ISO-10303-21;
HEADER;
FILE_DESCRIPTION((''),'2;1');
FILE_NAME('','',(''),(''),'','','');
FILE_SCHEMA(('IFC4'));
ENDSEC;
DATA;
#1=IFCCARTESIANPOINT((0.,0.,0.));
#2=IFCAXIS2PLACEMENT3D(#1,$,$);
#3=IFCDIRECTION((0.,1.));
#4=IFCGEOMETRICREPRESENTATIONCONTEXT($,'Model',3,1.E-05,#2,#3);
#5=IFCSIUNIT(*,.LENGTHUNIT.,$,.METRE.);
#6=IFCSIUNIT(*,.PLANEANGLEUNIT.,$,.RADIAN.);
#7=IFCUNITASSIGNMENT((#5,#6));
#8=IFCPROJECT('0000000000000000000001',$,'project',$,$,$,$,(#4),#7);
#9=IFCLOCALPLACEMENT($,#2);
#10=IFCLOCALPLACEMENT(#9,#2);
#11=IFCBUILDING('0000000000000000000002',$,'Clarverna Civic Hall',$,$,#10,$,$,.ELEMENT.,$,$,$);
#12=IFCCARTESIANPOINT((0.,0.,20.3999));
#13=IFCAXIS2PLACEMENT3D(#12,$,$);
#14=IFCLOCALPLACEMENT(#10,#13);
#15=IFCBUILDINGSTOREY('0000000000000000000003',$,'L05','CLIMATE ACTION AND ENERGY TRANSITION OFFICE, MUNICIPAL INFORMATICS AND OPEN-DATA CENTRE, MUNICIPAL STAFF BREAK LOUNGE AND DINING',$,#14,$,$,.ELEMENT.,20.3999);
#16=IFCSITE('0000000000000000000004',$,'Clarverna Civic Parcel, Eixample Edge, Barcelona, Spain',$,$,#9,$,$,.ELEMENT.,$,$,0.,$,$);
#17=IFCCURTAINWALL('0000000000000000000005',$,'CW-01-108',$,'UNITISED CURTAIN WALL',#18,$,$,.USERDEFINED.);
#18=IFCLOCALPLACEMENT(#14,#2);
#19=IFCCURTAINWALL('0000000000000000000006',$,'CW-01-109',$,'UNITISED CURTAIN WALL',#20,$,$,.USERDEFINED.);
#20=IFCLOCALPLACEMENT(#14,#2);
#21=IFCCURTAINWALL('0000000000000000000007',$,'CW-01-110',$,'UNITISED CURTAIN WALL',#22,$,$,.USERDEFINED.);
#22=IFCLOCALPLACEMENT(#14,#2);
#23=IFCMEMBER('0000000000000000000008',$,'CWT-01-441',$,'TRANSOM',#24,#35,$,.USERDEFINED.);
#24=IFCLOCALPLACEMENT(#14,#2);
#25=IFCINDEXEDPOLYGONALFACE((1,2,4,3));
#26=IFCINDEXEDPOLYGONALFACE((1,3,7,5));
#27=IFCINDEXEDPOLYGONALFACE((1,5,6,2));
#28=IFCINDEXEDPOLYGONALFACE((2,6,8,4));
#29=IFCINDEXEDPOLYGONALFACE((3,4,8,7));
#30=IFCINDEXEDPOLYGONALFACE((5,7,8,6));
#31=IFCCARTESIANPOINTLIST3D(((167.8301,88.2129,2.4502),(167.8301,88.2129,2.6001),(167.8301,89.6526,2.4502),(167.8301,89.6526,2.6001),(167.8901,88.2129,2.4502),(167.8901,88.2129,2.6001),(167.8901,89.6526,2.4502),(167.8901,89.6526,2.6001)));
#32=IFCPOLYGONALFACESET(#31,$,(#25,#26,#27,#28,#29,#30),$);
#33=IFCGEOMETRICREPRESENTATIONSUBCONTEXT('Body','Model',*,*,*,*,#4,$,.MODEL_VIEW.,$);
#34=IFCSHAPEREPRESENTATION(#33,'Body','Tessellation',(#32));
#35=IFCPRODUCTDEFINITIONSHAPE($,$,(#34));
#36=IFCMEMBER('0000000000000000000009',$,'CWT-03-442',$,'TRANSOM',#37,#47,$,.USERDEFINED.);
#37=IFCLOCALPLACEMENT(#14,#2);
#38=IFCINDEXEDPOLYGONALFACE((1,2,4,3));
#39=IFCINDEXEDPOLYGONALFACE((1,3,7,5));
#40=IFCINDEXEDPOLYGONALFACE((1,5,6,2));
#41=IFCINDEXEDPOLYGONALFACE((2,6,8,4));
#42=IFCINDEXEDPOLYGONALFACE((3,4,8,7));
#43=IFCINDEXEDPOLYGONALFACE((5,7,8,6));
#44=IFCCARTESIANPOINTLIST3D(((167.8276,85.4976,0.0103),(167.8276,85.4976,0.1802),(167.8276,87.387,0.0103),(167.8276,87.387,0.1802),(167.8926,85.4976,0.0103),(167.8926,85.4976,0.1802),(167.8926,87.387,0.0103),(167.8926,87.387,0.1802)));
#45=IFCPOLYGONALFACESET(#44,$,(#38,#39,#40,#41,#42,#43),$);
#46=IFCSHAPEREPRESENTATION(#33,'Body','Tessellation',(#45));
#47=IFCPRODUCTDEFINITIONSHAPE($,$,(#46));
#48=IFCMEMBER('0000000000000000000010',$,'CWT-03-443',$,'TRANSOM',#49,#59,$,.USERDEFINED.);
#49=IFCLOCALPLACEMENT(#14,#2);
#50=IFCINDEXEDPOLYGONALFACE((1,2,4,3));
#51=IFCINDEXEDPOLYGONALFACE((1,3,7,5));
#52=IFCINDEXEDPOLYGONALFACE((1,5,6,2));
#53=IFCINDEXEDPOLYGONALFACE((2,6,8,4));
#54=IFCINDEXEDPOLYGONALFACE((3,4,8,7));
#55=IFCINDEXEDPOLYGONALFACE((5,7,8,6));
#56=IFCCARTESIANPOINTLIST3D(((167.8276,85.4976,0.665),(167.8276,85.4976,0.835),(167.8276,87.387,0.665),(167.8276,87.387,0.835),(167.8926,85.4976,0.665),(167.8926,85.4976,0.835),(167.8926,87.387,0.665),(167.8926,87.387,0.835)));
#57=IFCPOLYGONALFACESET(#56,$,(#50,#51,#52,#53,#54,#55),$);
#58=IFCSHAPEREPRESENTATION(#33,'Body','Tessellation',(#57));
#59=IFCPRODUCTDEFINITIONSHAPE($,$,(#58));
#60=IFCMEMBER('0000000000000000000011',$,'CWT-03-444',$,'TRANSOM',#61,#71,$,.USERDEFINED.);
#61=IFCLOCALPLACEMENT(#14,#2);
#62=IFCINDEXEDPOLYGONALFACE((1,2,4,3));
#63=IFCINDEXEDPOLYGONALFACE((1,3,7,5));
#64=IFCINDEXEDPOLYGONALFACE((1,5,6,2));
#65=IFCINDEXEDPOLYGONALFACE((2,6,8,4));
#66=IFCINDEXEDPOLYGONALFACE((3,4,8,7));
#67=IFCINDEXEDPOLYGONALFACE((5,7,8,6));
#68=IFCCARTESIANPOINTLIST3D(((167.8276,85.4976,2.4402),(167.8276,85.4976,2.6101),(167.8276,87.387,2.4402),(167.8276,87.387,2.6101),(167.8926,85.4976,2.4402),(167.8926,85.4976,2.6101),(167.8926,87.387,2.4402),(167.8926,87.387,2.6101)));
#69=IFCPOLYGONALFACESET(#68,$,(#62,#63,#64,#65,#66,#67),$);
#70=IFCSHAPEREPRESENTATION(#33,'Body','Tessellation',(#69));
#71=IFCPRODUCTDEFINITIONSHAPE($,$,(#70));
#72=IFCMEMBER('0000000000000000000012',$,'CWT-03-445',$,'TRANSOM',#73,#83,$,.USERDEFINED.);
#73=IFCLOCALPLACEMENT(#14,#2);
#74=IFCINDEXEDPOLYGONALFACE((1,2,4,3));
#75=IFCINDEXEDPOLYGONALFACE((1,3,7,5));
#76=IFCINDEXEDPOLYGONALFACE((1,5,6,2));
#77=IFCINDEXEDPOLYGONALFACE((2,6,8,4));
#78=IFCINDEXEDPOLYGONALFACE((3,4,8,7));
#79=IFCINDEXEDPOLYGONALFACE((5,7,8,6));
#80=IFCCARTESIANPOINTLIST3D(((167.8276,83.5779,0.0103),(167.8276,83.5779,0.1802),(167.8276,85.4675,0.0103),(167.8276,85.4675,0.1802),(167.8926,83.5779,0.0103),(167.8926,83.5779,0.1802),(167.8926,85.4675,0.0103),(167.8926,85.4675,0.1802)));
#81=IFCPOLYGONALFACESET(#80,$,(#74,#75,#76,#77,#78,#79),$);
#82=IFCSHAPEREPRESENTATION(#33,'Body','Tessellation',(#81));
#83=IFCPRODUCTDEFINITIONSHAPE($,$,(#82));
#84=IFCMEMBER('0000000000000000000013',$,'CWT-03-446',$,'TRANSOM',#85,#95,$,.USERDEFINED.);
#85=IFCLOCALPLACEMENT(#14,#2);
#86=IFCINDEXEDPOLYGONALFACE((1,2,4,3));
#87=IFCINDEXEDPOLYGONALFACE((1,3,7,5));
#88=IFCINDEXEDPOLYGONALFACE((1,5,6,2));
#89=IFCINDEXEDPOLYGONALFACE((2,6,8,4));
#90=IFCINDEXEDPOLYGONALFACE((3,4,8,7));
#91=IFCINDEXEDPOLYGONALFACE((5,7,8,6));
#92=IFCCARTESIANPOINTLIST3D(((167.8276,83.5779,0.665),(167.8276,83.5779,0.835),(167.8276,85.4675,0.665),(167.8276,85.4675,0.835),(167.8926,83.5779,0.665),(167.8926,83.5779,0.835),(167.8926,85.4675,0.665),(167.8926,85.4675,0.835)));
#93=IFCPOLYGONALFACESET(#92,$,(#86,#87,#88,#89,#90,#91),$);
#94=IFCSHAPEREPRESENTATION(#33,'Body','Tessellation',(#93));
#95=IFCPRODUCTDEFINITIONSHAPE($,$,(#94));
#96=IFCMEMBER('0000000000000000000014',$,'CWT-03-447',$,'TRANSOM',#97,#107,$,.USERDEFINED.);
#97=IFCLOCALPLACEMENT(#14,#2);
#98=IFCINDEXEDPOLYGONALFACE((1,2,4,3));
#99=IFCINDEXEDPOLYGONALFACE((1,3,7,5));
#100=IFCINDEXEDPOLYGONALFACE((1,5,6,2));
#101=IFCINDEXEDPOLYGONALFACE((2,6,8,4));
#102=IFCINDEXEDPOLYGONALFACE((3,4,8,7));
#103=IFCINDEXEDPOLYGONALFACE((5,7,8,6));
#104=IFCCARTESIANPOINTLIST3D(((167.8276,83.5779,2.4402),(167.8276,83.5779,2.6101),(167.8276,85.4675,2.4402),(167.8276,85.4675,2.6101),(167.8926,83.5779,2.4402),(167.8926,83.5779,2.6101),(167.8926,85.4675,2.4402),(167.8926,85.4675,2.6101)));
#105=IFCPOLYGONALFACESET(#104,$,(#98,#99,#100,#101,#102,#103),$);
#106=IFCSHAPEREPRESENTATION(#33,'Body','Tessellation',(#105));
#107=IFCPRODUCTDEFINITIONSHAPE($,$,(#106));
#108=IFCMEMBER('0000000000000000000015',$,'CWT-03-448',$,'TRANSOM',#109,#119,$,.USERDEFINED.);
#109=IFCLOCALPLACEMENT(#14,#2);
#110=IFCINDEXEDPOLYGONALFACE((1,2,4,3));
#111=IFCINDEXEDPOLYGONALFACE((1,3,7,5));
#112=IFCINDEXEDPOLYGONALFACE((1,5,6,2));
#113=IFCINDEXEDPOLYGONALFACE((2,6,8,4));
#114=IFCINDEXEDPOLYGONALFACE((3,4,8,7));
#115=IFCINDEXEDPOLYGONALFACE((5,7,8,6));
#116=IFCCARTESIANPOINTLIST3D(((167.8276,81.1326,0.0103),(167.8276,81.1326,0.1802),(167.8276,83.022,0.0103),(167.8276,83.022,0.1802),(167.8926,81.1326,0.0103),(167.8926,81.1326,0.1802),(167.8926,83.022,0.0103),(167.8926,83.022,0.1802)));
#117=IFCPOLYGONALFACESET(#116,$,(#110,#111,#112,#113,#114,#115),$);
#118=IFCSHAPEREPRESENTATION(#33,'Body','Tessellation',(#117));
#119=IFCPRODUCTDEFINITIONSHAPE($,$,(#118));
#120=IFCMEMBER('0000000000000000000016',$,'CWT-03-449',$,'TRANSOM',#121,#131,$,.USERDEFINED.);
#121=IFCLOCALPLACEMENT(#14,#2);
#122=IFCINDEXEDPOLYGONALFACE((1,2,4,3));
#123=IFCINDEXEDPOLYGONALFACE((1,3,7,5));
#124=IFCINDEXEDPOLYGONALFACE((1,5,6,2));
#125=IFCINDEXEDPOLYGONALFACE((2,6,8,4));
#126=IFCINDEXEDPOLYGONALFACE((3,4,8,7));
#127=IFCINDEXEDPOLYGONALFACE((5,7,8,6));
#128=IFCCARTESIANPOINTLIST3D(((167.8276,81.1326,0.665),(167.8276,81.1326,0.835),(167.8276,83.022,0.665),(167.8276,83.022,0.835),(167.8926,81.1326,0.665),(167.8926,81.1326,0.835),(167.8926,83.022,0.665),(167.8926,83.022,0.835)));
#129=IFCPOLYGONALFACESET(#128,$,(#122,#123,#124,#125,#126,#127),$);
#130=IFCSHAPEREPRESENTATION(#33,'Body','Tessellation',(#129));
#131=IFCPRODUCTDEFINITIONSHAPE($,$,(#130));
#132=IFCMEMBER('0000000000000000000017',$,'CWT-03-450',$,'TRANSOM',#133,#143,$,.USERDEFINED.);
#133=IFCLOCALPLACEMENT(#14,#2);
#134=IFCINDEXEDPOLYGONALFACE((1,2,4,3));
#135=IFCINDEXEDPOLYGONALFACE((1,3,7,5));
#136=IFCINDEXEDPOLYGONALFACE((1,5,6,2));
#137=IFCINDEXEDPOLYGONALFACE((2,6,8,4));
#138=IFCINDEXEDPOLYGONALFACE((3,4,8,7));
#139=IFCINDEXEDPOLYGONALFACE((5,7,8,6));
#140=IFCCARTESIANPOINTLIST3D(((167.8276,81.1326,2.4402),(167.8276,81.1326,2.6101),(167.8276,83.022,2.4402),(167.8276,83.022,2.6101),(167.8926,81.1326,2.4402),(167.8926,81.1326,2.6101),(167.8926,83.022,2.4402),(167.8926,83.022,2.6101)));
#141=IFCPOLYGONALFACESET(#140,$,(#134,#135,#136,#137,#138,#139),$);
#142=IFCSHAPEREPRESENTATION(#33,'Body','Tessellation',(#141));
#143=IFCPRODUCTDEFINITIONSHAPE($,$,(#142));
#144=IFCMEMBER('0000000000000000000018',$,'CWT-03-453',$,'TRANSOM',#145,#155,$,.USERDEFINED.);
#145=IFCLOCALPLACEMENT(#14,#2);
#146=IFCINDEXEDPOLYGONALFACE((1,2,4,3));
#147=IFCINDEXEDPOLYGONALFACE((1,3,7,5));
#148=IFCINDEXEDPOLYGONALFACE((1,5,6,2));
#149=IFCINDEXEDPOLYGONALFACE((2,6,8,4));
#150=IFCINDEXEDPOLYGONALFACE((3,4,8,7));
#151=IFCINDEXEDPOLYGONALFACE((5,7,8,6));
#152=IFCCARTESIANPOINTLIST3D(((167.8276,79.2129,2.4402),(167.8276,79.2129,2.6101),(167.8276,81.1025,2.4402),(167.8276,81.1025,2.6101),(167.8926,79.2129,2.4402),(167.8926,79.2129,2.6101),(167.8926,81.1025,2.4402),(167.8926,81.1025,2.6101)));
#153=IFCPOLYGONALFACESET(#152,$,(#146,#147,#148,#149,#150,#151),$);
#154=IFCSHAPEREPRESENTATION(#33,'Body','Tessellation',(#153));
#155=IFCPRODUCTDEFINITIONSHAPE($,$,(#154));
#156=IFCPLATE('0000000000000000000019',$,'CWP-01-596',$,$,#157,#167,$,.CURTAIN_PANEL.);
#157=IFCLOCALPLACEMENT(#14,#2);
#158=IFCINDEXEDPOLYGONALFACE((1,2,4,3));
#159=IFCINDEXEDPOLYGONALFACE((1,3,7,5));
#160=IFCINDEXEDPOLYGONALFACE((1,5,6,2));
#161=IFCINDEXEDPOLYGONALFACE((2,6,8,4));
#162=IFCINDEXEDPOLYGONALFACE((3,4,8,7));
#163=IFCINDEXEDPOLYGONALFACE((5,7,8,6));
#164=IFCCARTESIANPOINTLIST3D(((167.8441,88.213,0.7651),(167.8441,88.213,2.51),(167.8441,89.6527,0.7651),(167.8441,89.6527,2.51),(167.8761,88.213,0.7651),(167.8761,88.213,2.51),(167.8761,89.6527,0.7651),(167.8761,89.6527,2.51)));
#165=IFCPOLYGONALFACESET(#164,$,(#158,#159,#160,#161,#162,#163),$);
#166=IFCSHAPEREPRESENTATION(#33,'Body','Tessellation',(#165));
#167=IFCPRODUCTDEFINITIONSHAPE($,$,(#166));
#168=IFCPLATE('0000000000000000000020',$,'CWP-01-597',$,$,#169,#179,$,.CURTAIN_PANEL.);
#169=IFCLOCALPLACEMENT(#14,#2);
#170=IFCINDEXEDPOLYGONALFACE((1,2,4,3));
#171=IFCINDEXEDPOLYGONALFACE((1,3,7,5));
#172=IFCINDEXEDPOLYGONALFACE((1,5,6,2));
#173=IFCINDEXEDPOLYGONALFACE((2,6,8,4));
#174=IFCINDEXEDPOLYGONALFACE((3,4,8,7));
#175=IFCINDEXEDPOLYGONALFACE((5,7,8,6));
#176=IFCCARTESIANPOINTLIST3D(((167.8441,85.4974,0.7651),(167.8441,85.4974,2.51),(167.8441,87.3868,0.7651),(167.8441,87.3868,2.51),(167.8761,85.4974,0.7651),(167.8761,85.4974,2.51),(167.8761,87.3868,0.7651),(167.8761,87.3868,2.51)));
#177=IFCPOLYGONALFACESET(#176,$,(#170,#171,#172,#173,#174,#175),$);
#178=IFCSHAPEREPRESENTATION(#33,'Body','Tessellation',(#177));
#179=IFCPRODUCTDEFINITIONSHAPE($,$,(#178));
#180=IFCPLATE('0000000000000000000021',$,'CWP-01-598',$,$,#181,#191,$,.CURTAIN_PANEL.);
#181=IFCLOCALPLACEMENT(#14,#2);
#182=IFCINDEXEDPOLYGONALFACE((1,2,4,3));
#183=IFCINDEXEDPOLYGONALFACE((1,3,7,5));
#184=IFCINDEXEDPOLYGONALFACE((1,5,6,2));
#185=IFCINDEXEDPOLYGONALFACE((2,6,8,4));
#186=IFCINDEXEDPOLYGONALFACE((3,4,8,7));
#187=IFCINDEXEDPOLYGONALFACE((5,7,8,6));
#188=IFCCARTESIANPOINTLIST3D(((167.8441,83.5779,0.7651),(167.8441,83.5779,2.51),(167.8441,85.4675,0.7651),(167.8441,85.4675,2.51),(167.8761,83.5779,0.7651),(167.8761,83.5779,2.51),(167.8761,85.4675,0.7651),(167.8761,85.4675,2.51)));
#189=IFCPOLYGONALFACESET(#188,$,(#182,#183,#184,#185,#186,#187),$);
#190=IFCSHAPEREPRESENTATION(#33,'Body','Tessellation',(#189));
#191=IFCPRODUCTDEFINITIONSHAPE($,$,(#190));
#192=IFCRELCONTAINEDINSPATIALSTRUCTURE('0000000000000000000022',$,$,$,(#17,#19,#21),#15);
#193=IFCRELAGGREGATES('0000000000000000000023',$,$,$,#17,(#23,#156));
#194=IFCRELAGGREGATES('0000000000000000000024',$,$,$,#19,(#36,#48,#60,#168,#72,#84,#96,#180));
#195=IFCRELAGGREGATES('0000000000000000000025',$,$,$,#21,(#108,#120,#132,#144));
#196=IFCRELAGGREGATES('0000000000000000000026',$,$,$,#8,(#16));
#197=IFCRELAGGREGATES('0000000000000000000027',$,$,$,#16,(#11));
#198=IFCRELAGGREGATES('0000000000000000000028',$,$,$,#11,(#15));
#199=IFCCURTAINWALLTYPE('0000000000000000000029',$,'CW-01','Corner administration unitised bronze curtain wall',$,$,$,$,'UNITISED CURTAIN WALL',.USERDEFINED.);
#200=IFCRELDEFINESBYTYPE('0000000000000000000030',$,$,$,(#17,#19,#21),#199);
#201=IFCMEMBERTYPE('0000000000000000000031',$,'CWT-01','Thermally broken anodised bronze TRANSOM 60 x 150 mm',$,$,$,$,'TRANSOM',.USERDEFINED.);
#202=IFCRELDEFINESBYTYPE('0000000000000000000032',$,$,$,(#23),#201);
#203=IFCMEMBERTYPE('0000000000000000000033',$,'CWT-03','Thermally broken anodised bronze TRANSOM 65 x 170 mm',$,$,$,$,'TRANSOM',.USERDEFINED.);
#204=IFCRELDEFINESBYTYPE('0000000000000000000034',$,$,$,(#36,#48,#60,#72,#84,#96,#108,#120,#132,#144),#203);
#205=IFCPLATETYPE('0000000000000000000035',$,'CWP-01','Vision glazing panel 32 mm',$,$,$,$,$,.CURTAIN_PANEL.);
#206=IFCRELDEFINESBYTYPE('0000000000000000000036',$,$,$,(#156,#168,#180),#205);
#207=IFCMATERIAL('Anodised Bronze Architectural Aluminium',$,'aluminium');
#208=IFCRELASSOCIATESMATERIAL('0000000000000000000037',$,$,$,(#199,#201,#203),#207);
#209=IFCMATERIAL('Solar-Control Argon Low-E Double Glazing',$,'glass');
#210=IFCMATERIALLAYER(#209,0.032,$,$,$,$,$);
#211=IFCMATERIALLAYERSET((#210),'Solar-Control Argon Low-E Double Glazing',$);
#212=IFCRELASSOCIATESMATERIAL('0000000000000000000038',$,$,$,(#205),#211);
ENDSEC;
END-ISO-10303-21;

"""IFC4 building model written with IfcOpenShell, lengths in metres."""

from ifc_helpers import new_model, si_unit, direction, frame, frame_2d, origin, origin_2d, place, context, subcontext, project, spatial, rectangle, extrude, material, layer, layer_set, material_profile, profile_set, type_object, element, aggregate, save


model = new_model("IFC4")

# Units and contexts
model_context = context("Model", 3, precision=1e-05, world=origin(), true_north=direction((0.0, 1.0)))
body_context = subcontext(model_context, "Body", "Model", "MODEL_VIEW")
ifc_project = project(units=[si_unit("LENGTHUNIT", "METRE"), si_unit("PLANEANGLEUNIT", "RADIAN")], contexts=[model_context])

# Site, building, storey
site_placement = place(None, origin())
site = spatial("IfcSite", under=ifc_project, at=site_placement, Name="Clarverna Civic Parcel, Eixample Edge, Barcelona, Spain", CompositionType="ELEMENT", RefElevation=0.0)
building_placement = place(site_placement, origin())
building = spatial("IfcBuilding", under=site, at=building_placement, Name="Clarverna Civic Hall", CompositionType="ELEMENT")
storey_placement = place(building_placement, frame((0.0, 0.0, 20.3999)))
storey = spatial("IfcBuildingStorey", under=building, at=storey_placement, Name="L05", Description="CLIMATE ACTION AND ENERGY TRANSITION OFFICE, MUNICIPAL INFORMATICS AND OPEN-DATA CENTRE, MUNICIPAL STAFF BREAK LOUNGE AND DINING", CompositionType="ELEMENT", Elevation=20.3999)

# Curtain walls
ifc_material_1 = material(Name="Anodised Bronze Architectural Aluminium", Category="aluminium")
curtain_wall_type = type_object("IfcCurtainWallType", Name="CW-01", Description="Corner administration unitised bronze curtain wall", ElementType="UNITISED CURTAIN WALL", PredefinedType="USERDEFINED", material=ifc_material_1)
curtain_wall_1_placement = place(storey_placement, origin())
curtain_wall_1 = element("IfcCurtainWall", 1, at=curtain_wall_1_placement, inside=storey, type_object=curtain_wall_type, Name="CW-01-108", ObjectType="UNITISED CURTAIN WALL", PredefinedType="USERDEFINED")
curtain_wall_2_placement = place(storey_placement, origin())
curtain_wall_2 = element("IfcCurtainWall", 2, at=curtain_wall_2_placement, inside=storey, type_object=curtain_wall_type, Name="CW-01-109", ObjectType="UNITISED CURTAIN WALL", PredefinedType="USERDEFINED")
curtain_wall_3_placement = place(storey_placement, origin())
curtain_wall_3 = element("IfcCurtainWall", 3, at=curtain_wall_3_placement, inside=storey, type_object=curtain_wall_type, Name="CW-01-110", ObjectType="UNITISED CURTAIN WALL", PredefinedType="USERDEFINED")

# Members
ifc_material_profile_1 = material_profile(ifc_material_1, rectangle(XDim=0.0601, YDim=0.1499, at=origin_2d()), Name="BRONZE 60x150")
ifc_profile_set_1 = profile_set([ifc_material_profile_1], Name="Anodised Bronze Architectural Aluminium")
member_type_1 = type_object("IfcMemberType", Name="CWT-01", Description="Thermally broken anodised bronze TRANSOM 60 x 150 mm", ElementType="TRANSOM", PredefinedType="USERDEFINED", material=ifc_profile_set_1)
member_1_placement = place(storey_placement, frame((167.8601, 89.6526, 2.5251), z_axis=(0.0, -1.0, 0.0), x_axis=(1.0, 0.0, 0.0)))
member_1 = element("IfcMember", 4, at=member_1_placement, type_object=member_type_1, Name="CWT-01-441", ObjectType="TRANSOM", PredefinedType="USERDEFINED", context=body_context, shape_type="SweptSolid", body=[
    extrude(rectangle(XDim=0.0601, YDim=0.1499, at=origin_2d()), origin(), (0.0, 0.0, 1.0), 1.4397),
])
ifc_material_profile_2 = material_profile(ifc_material_1, rectangle(XDim=0.0649, YDim=0.1699, at=origin_2d()), Name="BRONZE 65x170")
ifc_profile_set_2 = profile_set([ifc_material_profile_2], Name="Anodised Bronze Architectural Aluminium")
member_type_2 = type_object("IfcMemberType", Name="CWT-03", Description="Thermally broken anodised bronze TRANSOM 65 x 170 mm", ElementType="TRANSOM", PredefinedType="USERDEFINED", material=ifc_profile_set_2)
member_2_placement = place(storey_placement, frame((167.8601, 87.387, 0.0952), z_axis=(0.0, -1.0, 0.0), x_axis=(1.0, 0.0, 0.0)))
member_2 = element("IfcMember", 5, at=member_2_placement, type_object=member_type_2, Name="CWT-03-442", ObjectType="TRANSOM", PredefinedType="USERDEFINED", context=body_context, shape_type="SweptSolid", body=[
    extrude(rectangle(XDim=0.0649, YDim=0.1699, at=origin_2d()), origin(), (0.0, 0.0, 1.0), 1.8894),
])
member_3_placement = place(storey_placement, frame((167.8601, 87.387, 0.75), z_axis=(0.0, -1.0, 0.0), x_axis=(1.0, 0.0, 0.0)))
member_3 = element("IfcMember", 6, at=member_3_placement, type_object=member_type_2, Name="CWT-03-443", ObjectType="TRANSOM", PredefinedType="USERDEFINED", context=body_context, shape_type="SweptSolid", body=[
    extrude(rectangle(XDim=0.0649, YDim=0.1699, at=origin_2d()), origin(), (0.0, 0.0, 1.0), 1.8894),
])
member_4_placement = place(storey_placement, frame((167.8601, 87.387, 2.5251), z_axis=(0.0, -1.0, 0.0), x_axis=(1.0, 0.0, 0.0)))
member_4 = element("IfcMember", 7, at=member_4_placement, type_object=member_type_2, Name="CWT-03-444", ObjectType="TRANSOM", PredefinedType="USERDEFINED", context=body_context, shape_type="SweptSolid", body=[
    extrude(rectangle(XDim=0.0649, YDim=0.1699, at=origin_2d()), origin(), (0.0, 0.0, 1.0), 1.8894),
])
member_5_placement = place(storey_placement, frame((167.8601, 85.4675, 0.0952), z_axis=(0.0, -1.0, 0.0), x_axis=(1.0, 0.0, 0.0)))
member_5 = element("IfcMember", 8, at=member_5_placement, type_object=member_type_2, Name="CWT-03-445", ObjectType="TRANSOM", PredefinedType="USERDEFINED", context=body_context, shape_type="SweptSolid", body=[
    extrude(rectangle(XDim=0.0649, YDim=0.1699, at=origin_2d()), origin(), (0.0, 0.0, 1.0), 1.8896),
])
member_6_placement = place(storey_placement, frame((167.8601, 85.4675, 0.75), z_axis=(0.0, -1.0, 0.0), x_axis=(1.0, 0.0, 0.0)))
member_6 = element("IfcMember", 9, at=member_6_placement, type_object=member_type_2, Name="CWT-03-446", ObjectType="TRANSOM", PredefinedType="USERDEFINED", context=body_context, shape_type="SweptSolid", body=[
    extrude(rectangle(XDim=0.0649, YDim=0.1699, at=origin_2d()), origin(), (0.0, 0.0, 1.0), 1.8896),
])
member_7_placement = place(storey_placement, frame((167.8601, 85.4675, 2.5251), z_axis=(0.0, -1.0, 0.0), x_axis=(1.0, 0.0, 0.0)))
member_7 = element("IfcMember", 10, at=member_7_placement, type_object=member_type_2, Name="CWT-03-447", ObjectType="TRANSOM", PredefinedType="USERDEFINED", context=body_context, shape_type="SweptSolid", body=[
    extrude(rectangle(XDim=0.0649, YDim=0.1699, at=origin_2d()), origin(), (0.0, 0.0, 1.0), 1.8896),
])
member_8_placement = place(storey_placement, frame((167.8601, 83.022, 0.0952), z_axis=(0.0, -1.0, 0.0), x_axis=(1.0, 0.0, 0.0)))
member_8 = element("IfcMember", 11, at=member_8_placement, type_object=member_type_2, Name="CWT-03-448", ObjectType="TRANSOM", PredefinedType="USERDEFINED", context=body_context, shape_type="SweptSolid", body=[
    extrude(rectangle(XDim=0.0649, YDim=0.1699, at=origin_2d()), origin(), (0.0, 0.0, 1.0), 1.8894),
])
member_9_placement = place(storey_placement, frame((167.8601, 83.022, 0.75), z_axis=(0.0, -1.0, 0.0), x_axis=(1.0, 0.0, 0.0)))
member_9 = element("IfcMember", 12, at=member_9_placement, type_object=member_type_2, Name="CWT-03-449", ObjectType="TRANSOM", PredefinedType="USERDEFINED", context=body_context, shape_type="SweptSolid", body=[
    extrude(rectangle(XDim=0.0649, YDim=0.1699, at=origin_2d()), origin(), (0.0, 0.0, 1.0), 1.8894),
])
member_10_placement = place(storey_placement, frame((167.8601, 83.022, 2.5251), z_axis=(0.0, -1.0, 0.0), x_axis=(1.0, 0.0, 0.0)))
member_10 = element("IfcMember", 13, at=member_10_placement, type_object=member_type_2, Name="CWT-03-450", ObjectType="TRANSOM", PredefinedType="USERDEFINED", context=body_context, shape_type="SweptSolid", body=[
    extrude(rectangle(XDim=0.0649, YDim=0.1699, at=origin_2d()), origin(), (0.0, 0.0, 1.0), 1.8894),
])
member_11_placement = place(storey_placement, frame((167.8601, 81.1025, 2.5251), z_axis=(0.0, -1.0, 0.0), x_axis=(1.0, 0.0, 0.0)))
member_11 = element("IfcMember", 14, at=member_11_placement, type_object=member_type_2, Name="CWT-03-453", ObjectType="TRANSOM", PredefinedType="USERDEFINED", context=body_context, shape_type="SweptSolid", body=[
    extrude(rectangle(XDim=0.0649, YDim=0.1699, at=origin_2d()), origin(), (0.0, 0.0, 1.0), 1.8896),
])

# Plates
ifc_material_2 = material(Name="Solar-Control Argon Low-E Double Glazing", Category="glass")
ifc_layer_1 = layer(ifc_material_2, 0.032)
ifc_layer_set_1 = layer_set([ifc_layer_1], Name="Solar-Control Argon Low-E Double Glazing")
plate_type_1 = type_object("IfcPlateType", Name="CWP-01", Description="Vision glazing panel 32 mm", PredefinedType="CURTAIN_PANEL", material=ifc_layer_set_1)
plate_1_placement = place(storey_placement, frame((167.8601, 89.6526, 0.7651), z_axis=(0.0, 0.0, 1.0), x_axis=(0.0, -1.0, 0.0)))
plate_1 = element("IfcPlate", 15, at=plate_1_placement, type_object=plate_type_1, Name="CWP-01-596", PredefinedType="CURTAIN_PANEL", context=body_context, shape_type="SweptSolid", body=[
    extrude(rectangle(XDim=1.4397, YDim=0.032, at=frame_2d((0.7197, 0.0))), origin(), (0.0, 0.0, 1.0), 1.7449),
])
plate_2_placement = place(storey_placement, frame((167.8601, 87.387, 0.7651), z_axis=(0.0, 0.0, 1.0), x_axis=(0.0, -1.0, 0.0)))
plate_2 = element("IfcPlate", 16, at=plate_2_placement, type_object=plate_type_1, Name="CWP-01-597", PredefinedType="CURTAIN_PANEL", context=body_context, shape_type="SweptSolid", body=[
    extrude(rectangle(XDim=1.8894, YDim=0.032, at=frame_2d((0.9448, 0.0))), origin(), (0.0, 0.0, 1.0), 1.7449),
])
plate_3_placement = place(storey_placement, frame((167.8601, 85.4675, 0.7651), z_axis=(0.0, 0.0, 1.0), x_axis=(0.0, -1.0, 0.0)))
plate_3 = element("IfcPlate", 17, at=plate_3_placement, type_object=plate_type_1, Name="CWP-01-598", PredefinedType="CURTAIN_PANEL", context=body_context, shape_type="SweptSolid", body=[
    extrude(rectangle(XDim=1.8896, YDim=0.032, at=frame_2d((0.9448, 0.0))), origin(), (0.0, 0.0, 1.0), 1.7449),
])
aggregate(curtain_wall_1, [member_1, plate_1])
aggregate(curtain_wall_2, [member_2, member_3, member_4, plate_2, member_5, member_6, member_7, plate_3])
aggregate(curtain_wall_3, [member_8, member_9, member_10, member_11])

save(model, "model.ifc")
